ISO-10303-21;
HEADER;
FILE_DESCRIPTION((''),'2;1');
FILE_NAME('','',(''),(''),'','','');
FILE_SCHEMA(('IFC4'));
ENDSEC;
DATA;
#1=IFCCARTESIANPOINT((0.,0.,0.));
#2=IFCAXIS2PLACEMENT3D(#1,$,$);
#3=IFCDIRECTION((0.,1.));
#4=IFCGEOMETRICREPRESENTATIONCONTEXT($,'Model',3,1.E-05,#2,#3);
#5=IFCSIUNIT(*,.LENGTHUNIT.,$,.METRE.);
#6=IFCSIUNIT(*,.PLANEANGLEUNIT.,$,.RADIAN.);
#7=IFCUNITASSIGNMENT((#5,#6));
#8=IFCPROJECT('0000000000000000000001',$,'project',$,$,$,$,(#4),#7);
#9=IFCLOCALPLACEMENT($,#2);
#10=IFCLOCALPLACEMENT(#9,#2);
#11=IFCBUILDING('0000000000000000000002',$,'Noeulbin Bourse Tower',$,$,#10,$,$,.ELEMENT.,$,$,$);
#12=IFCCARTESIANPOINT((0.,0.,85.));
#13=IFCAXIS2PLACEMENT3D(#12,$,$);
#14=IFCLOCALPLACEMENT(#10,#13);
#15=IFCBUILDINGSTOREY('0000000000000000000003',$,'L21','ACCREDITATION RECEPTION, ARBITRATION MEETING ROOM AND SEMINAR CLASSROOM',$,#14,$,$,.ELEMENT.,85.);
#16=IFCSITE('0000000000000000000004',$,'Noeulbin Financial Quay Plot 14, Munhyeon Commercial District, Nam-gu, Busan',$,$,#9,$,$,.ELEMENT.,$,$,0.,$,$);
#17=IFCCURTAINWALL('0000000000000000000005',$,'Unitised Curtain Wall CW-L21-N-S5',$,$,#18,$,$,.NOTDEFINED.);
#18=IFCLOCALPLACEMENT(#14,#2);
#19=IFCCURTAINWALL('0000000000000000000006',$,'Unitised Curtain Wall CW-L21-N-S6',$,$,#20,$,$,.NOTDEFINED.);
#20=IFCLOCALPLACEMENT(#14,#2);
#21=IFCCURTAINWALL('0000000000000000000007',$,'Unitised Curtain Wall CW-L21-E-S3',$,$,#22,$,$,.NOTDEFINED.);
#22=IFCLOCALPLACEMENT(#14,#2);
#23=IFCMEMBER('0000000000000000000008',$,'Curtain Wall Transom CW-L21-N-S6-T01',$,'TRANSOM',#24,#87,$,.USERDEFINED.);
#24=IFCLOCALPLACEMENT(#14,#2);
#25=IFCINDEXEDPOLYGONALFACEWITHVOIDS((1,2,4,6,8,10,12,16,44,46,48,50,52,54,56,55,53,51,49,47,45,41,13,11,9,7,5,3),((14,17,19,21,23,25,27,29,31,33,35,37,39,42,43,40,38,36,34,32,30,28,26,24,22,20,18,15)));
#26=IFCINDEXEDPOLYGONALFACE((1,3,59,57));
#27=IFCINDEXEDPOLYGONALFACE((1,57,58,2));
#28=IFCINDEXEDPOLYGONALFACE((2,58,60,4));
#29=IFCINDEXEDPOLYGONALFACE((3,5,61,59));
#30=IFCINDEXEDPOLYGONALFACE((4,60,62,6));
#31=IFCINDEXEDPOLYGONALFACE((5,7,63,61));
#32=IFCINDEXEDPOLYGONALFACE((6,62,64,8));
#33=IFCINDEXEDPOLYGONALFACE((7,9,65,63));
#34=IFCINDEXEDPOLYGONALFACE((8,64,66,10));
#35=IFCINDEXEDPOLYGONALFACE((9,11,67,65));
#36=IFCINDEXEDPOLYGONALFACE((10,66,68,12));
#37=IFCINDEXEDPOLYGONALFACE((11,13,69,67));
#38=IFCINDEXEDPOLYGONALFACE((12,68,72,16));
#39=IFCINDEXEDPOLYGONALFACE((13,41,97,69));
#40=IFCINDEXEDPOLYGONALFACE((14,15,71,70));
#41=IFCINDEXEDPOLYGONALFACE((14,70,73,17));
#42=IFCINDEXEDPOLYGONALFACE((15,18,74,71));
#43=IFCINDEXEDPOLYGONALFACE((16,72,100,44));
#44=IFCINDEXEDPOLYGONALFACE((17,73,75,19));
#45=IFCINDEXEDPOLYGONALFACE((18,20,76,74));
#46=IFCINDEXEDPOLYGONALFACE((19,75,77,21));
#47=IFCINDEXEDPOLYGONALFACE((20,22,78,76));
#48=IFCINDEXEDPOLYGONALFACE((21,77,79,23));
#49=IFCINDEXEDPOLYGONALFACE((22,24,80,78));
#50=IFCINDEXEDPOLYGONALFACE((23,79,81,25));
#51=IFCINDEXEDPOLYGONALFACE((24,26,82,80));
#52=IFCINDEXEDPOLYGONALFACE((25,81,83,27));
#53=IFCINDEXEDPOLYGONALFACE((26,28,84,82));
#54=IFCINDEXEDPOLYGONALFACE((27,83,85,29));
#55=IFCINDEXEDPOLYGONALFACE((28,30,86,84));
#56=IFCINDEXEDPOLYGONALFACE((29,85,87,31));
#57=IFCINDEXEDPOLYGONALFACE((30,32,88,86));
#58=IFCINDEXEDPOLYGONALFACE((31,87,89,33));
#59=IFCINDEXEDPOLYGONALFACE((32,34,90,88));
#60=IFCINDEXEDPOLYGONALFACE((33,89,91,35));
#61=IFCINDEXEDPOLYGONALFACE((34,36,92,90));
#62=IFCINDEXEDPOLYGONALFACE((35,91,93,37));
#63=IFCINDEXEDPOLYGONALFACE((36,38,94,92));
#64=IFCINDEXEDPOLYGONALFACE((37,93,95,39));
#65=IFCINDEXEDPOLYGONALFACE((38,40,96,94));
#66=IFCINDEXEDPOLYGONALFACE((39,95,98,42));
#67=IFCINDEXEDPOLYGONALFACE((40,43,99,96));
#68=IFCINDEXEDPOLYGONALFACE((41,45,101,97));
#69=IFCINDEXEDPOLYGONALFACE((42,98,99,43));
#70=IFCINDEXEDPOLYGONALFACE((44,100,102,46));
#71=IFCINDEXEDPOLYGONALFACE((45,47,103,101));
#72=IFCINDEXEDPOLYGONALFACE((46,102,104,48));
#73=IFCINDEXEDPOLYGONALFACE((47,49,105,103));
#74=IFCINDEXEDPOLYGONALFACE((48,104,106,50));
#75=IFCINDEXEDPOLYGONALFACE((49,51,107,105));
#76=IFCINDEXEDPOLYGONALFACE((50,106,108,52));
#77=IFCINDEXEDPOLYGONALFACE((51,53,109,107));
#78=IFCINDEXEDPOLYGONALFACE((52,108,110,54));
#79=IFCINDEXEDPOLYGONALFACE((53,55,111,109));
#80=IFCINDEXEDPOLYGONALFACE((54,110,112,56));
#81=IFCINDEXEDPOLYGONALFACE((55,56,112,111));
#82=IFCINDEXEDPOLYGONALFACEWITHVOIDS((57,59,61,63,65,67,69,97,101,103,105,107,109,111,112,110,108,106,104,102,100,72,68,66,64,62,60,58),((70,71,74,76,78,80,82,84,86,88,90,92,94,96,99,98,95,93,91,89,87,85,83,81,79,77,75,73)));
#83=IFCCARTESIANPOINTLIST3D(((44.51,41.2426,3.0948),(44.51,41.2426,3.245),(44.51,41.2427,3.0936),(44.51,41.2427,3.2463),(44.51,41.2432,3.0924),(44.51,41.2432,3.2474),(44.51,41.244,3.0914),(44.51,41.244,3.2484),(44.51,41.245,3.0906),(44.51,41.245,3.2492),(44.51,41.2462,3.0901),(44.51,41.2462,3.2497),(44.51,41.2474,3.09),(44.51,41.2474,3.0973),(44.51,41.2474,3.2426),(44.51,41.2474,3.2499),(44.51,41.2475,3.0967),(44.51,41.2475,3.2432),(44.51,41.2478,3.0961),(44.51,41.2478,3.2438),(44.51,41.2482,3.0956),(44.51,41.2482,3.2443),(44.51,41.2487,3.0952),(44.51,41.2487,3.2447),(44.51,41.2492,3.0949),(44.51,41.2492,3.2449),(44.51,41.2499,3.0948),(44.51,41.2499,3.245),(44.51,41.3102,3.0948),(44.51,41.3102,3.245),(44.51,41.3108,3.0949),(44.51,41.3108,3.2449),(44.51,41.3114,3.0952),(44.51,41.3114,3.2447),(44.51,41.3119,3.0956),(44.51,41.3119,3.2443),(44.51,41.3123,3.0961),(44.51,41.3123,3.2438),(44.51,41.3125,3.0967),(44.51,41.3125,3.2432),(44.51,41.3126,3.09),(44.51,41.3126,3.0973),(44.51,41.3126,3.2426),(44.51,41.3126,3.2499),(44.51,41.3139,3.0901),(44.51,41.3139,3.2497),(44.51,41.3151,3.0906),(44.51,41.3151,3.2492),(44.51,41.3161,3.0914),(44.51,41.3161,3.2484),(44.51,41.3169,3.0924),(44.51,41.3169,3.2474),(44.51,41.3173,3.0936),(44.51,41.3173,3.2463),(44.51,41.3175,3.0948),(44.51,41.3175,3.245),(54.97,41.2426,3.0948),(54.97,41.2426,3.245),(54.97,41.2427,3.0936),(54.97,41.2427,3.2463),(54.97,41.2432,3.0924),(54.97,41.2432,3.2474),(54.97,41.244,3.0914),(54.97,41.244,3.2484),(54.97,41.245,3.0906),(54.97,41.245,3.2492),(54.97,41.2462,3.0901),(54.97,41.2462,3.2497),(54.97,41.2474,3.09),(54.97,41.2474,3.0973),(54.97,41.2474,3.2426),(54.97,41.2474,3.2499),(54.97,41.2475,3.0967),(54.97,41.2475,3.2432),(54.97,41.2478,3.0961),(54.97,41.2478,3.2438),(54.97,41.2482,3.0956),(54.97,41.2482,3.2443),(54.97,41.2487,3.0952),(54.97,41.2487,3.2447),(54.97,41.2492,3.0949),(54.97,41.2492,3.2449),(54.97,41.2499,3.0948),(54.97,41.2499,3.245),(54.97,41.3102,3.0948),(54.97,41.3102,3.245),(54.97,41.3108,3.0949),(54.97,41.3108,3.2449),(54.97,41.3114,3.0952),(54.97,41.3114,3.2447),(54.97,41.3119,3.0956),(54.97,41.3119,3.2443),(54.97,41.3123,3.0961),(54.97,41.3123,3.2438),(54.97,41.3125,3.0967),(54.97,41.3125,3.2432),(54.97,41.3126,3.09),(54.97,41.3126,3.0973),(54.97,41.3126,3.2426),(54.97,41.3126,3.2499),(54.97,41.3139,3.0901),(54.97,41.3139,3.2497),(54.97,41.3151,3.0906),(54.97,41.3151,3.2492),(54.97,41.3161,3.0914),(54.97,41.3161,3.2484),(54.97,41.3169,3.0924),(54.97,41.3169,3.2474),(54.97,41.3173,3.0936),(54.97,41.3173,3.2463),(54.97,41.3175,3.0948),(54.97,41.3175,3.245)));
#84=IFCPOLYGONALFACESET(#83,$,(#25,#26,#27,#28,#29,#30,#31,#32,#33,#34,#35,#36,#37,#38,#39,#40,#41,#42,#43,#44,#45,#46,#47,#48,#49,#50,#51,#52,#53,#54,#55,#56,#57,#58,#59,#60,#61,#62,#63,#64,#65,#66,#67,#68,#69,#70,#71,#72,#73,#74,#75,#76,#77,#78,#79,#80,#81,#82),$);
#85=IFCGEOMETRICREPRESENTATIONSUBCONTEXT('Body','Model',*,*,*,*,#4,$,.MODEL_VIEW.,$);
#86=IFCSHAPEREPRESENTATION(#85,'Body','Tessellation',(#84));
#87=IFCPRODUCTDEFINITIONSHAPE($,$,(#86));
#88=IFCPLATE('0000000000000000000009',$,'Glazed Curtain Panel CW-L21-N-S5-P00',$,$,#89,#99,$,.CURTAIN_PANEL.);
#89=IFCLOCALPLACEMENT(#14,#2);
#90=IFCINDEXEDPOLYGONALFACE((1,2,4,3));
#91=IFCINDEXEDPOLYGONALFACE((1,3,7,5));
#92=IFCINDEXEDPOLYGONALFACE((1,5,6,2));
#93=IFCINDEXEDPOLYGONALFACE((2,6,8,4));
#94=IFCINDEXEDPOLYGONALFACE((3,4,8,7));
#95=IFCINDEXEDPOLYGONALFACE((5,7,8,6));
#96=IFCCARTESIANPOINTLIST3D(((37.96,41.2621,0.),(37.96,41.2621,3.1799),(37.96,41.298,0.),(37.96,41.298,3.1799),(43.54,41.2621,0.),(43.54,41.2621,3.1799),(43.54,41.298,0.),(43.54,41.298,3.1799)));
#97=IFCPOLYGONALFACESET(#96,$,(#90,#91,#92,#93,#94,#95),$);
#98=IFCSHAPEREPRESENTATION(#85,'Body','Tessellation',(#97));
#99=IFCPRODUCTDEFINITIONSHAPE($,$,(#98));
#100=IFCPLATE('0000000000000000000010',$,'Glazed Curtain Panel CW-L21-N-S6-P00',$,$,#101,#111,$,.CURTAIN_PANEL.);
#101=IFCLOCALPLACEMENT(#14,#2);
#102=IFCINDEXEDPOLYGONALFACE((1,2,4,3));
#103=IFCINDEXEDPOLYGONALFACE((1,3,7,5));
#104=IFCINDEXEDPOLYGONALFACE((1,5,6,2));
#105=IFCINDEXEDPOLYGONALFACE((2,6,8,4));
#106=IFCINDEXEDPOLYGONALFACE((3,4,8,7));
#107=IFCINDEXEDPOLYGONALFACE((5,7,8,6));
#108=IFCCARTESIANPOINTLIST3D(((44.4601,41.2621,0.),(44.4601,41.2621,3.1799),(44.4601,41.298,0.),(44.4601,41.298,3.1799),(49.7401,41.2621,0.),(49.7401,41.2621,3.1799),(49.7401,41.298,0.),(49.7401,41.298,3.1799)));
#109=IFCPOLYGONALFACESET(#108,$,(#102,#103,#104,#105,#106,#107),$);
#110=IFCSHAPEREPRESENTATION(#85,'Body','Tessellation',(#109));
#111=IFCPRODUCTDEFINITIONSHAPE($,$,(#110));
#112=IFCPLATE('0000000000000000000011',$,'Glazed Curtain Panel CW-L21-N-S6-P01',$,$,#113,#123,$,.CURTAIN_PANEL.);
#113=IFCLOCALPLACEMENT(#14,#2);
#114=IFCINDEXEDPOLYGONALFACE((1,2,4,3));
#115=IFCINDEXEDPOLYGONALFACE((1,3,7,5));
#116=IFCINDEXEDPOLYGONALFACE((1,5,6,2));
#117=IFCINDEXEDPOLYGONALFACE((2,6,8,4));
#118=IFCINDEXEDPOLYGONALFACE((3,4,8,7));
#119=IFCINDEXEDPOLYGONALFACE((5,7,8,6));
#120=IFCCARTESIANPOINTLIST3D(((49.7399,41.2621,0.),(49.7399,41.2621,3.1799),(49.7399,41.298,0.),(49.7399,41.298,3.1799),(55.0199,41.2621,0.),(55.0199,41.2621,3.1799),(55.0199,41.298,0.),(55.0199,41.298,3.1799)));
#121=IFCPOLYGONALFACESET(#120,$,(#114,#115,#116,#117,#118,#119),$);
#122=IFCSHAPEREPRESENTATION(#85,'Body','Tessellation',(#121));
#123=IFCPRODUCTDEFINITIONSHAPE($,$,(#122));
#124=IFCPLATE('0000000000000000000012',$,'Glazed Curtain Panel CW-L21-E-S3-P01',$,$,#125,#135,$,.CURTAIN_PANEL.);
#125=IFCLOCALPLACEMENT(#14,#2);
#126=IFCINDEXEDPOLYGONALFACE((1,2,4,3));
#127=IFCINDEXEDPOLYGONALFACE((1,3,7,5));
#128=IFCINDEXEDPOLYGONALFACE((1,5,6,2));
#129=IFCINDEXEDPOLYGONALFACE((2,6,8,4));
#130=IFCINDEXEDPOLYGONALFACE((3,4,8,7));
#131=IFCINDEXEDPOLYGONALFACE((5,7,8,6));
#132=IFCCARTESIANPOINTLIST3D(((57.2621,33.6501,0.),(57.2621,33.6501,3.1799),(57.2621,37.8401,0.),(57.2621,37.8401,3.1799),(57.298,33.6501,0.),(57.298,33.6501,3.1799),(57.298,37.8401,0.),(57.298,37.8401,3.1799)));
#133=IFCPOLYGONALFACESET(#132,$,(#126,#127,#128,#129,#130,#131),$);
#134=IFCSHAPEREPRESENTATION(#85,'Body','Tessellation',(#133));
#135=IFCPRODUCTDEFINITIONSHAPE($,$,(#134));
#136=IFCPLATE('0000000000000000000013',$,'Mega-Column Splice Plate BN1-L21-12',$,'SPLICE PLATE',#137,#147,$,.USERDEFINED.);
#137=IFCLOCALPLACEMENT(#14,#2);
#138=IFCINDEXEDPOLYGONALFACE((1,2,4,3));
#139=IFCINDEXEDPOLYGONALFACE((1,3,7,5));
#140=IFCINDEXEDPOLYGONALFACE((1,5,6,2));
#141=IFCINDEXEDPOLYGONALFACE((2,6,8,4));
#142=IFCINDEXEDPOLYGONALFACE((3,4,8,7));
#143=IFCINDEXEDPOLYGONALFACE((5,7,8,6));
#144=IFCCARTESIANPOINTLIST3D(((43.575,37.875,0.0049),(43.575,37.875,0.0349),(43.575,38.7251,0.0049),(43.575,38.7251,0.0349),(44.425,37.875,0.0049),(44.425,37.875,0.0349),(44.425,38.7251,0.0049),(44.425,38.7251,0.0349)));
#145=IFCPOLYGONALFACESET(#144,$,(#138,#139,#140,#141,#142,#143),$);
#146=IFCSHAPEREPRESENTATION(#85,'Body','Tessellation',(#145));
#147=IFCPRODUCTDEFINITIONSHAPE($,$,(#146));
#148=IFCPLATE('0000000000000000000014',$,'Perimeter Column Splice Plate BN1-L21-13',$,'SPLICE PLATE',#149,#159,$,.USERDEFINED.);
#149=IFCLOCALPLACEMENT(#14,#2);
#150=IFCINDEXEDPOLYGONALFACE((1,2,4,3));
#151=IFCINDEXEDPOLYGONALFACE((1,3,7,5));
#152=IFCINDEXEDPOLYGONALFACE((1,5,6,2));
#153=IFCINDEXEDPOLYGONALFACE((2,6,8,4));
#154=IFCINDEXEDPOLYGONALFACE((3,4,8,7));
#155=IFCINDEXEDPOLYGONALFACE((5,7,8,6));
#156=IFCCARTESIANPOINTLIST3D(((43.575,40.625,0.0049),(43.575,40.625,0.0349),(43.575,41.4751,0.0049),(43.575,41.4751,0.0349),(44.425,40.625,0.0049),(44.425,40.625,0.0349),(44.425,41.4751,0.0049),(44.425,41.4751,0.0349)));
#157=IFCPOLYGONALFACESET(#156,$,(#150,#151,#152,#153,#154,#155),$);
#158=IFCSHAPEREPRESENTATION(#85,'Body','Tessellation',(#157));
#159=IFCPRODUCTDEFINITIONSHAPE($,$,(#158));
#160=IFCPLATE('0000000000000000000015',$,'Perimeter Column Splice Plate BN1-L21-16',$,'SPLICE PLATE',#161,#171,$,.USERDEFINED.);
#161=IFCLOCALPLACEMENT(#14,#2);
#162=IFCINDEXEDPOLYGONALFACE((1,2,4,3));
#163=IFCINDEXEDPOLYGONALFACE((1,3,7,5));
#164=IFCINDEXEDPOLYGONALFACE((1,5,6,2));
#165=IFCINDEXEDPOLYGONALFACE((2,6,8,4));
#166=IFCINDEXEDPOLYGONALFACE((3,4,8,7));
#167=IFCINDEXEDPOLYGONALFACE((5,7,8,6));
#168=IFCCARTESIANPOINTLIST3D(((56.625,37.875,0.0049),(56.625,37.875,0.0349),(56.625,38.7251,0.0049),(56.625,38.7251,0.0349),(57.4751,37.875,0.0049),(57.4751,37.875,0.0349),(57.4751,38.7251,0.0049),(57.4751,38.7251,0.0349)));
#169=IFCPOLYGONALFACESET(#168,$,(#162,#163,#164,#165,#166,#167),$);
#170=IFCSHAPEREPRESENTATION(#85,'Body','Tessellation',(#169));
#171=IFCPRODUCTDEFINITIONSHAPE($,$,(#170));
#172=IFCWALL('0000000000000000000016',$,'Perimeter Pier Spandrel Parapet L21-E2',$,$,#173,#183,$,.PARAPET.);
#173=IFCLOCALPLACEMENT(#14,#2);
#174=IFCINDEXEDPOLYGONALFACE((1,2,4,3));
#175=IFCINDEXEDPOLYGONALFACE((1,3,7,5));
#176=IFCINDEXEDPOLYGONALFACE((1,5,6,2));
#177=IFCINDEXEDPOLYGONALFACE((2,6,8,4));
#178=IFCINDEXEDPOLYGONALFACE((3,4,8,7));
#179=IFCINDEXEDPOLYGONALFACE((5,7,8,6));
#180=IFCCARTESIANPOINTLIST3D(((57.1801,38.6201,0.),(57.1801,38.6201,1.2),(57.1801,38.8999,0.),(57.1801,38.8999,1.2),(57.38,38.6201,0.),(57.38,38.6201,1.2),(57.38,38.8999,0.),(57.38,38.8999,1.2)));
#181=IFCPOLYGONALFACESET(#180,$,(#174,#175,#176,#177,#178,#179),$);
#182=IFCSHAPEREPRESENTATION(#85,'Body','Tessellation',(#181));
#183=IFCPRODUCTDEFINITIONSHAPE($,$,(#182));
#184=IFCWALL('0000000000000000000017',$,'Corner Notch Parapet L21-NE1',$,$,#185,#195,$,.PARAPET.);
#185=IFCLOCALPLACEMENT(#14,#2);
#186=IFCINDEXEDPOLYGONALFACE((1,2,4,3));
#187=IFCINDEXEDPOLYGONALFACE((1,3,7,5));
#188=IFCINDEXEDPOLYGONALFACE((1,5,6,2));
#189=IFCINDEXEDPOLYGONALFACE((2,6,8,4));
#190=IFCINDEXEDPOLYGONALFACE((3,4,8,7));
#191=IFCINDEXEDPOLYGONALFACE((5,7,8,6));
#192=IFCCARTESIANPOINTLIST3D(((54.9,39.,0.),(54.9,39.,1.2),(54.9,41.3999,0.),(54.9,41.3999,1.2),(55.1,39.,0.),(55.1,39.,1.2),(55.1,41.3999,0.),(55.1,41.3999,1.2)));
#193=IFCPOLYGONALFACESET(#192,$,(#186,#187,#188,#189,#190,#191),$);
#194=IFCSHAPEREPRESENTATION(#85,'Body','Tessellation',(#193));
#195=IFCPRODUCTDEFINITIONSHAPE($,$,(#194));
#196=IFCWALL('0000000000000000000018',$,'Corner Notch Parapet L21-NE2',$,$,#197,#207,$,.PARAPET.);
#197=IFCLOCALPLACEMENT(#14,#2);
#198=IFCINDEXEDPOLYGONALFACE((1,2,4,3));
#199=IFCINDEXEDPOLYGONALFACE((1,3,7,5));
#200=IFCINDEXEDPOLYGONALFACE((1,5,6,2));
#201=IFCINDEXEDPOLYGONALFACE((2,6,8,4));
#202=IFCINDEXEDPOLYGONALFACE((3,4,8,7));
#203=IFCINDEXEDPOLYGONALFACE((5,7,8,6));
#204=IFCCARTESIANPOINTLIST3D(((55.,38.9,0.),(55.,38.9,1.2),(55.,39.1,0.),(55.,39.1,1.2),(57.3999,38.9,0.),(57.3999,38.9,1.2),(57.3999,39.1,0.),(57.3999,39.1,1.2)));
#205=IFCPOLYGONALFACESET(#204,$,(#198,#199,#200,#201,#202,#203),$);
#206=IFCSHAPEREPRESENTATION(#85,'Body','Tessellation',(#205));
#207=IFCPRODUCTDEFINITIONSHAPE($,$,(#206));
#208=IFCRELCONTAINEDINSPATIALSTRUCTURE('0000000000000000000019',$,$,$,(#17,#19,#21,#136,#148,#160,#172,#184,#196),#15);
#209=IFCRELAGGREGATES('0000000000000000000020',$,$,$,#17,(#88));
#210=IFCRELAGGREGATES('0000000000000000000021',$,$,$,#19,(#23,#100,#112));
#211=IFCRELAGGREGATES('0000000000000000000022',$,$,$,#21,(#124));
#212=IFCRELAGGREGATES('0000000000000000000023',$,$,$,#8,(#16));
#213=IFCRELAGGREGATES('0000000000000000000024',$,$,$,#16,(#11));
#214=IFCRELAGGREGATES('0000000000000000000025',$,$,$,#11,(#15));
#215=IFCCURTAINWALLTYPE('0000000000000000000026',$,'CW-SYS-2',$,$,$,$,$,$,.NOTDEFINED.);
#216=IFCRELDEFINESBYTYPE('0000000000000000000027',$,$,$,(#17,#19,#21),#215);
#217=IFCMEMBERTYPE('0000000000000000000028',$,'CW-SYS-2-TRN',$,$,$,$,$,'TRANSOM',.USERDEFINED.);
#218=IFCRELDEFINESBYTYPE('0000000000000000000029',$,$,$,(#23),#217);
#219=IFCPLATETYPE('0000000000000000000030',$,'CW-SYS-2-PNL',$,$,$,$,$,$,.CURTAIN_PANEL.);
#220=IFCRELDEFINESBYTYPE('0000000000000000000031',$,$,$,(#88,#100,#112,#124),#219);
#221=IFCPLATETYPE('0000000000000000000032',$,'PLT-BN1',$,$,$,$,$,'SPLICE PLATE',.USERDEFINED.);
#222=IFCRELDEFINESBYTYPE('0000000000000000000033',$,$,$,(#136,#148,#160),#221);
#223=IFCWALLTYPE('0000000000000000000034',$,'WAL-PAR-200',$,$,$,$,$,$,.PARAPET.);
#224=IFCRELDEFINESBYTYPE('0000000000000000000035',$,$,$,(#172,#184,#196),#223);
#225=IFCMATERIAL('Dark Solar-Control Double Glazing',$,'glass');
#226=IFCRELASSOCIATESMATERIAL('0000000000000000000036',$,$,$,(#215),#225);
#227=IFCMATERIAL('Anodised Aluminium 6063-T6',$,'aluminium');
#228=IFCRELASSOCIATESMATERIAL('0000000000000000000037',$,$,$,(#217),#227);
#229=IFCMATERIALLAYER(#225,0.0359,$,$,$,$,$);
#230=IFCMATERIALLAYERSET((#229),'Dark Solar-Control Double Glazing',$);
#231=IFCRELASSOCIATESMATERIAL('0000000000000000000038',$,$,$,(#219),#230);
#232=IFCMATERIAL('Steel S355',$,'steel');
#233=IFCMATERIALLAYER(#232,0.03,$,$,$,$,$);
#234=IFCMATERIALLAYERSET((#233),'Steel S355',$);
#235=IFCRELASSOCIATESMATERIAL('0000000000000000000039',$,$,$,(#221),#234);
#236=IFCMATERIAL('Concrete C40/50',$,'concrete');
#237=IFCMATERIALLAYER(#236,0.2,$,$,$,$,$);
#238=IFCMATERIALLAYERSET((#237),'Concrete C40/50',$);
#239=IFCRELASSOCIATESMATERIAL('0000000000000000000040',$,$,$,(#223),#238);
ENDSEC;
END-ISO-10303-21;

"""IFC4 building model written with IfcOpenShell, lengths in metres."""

from ifc_helpers import new_model, si_unit, direction, frame, frame_2d, origin, origin_2d, place, context, subcontext, project, spatial, rectangle, hollow_rectangle, extrude, material, layer, layer_set, material_profile, profile_set, type_object, element, aggregate, save


model = new_model("IFC4")

# Units and contexts
model_context = context("Model", 3, precision=1e-05, world=origin(), true_north=direction((0.0, 1.0)))
body_context = subcontext(model_context, "Body", "Model", "MODEL_VIEW")
ifc_project = project(units=[si_unit("LENGTHUNIT", "METRE"), si_unit("PLANEANGLEUNIT", "RADIAN")], contexts=[model_context])

# Site, building, storey
site_placement = place(None, origin())
site = spatial("IfcSite", under=ifc_project, at=site_placement, Name="Noeulbin Financial Quay Plot 14, Munhyeon Commercial District, Nam-gu, Busan", CompositionType="ELEMENT", RefElevation=0.0)
building_placement = place(site_placement, origin())
building = spatial("IfcBuilding", under=site, at=building_placement, Name="Noeulbin Bourse Tower", CompositionType="ELEMENT")
storey_placement = place(building_placement, frame((0.0, 0.0, 85.0)))
storey = spatial("IfcBuildingStorey", under=building, at=storey_placement, Name="L21", Description="ACCREDITATION RECEPTION, ARBITRATION MEETING ROOM AND SEMINAR CLASSROOM", CompositionType="ELEMENT", Elevation=85.0)

# Shared definitions
ifc_material_1 = material(Name="Steel S355", Category="steel")

# Curtain wall
ifc_material_2 = material(Name="Dark Solar-Control Double Glazing", Category="glass")
curtain_wall_type = type_object("IfcCurtainWallType", Name="CW-SYS-2", PredefinedType="NOTDEFINED", material=ifc_material_2)
curtain_wall_1_placement = place(storey_placement, origin())
curtain_wall_1 = element("IfcCurtainWall", 1, at=curtain_wall_1_placement, inside=storey, type_object=curtain_wall_type, Name="Unitised Curtain Wall CW-L21-N-S5", PredefinedType="NOTDEFINED")
ifc_material_3 = material(Name="Anodised Aluminium 6063-T6", Category="aluminium")

# Curtain wall
curtain_wall_2_placement = place(storey_placement, origin())
curtain_wall_2 = element("IfcCurtainWall", 2, at=curtain_wall_2_placement, inside=storey, type_object=curtain_wall_type, Name="Unitised Curtain Wall CW-L21-N-S6", PredefinedType="NOTDEFINED")

# Curtain wall
curtain_wall_3_placement = place(storey_placement, origin())
curtain_wall_3 = element("IfcCurtainWall", 3, at=curtain_wall_3_placement, inside=storey, type_object=curtain_wall_type, Name="Unitised Curtain Wall CW-L21-E-S3", PredefinedType="NOTDEFINED")

# Member
ifc_material_profile_1 = material_profile(ifc_material_3, hollow_rectangle(XDim=0.075, YDim=0.1599, WallThickness=0.0049, InnerFilletRadius=0.0024, OuterFilletRadius=0.0049, at=origin_2d()), Name="ALU-TRAN-75x160x5", Category="LoadBearing")
ifc_profile_set_1 = profile_set([ifc_material_profile_1], Name="Anodised Aluminium 6063-T6")
member_type_1 = type_object("IfcMemberType", Name="CW-SYS-2-TRN", ElementType="TRANSOM", PredefinedType="USERDEFINED", material=ifc_profile_set_1)
member_1_placement = place(storey_placement, frame((44.51, 41.28, 3.1699), z_axis=(1.0, 0.0, 0.0), x_axis=(0.0, 1.0, 0.0)))
member_1 = element("IfcMember", 4, at=member_1_placement, type_object=member_type_1, Name="Curtain Wall Transom CW-L21-N-S6-T01", ObjectType="TRANSOM", PredefinedType="USERDEFINED", context=body_context, shape_type="SweptSolid", body=[
    extrude(hollow_rectangle(XDim=0.075, YDim=0.1599, WallThickness=0.0049, InnerFilletRadius=0.0024, OuterFilletRadius=0.0049, at=origin_2d()), origin(), (0.0, 0.0, 1.0), 10.46),
])

# Plates
ifc_layer_1 = layer(ifc_material_2, 0.0359)
ifc_layer_set_1 = layer_set([ifc_layer_1], Name="Dark Solar-Control Double Glazing")
plate_type_1 = type_object("IfcPlateType", Name="CW-SYS-2-PNL", PredefinedType="CURTAIN_PANEL", material=ifc_layer_set_1)
plate_1_placement = place(storey_placement, frame((40.75, 41.28, 0.0), z_axis=(0.0, 0.0, 1.0), x_axis=(1.0, 0.0, 0.0)))
plate_1 = element("IfcPlate", 5, at=plate_1_placement, type_object=plate_type_1, Name="Glazed Curtain Panel CW-L21-N-S5-P00", PredefinedType="CURTAIN_PANEL", context=body_context, shape_type="SweptSolid", body=[
    extrude(rectangle(XDim=5.5801, YDim=0.0359, at=origin_2d()), origin(), (0.0, 0.0, 1.0), 3.1799),
])
aggregate(curtain_wall_1, [plate_1])
plate_2_placement = place(storey_placement, frame((47.1001, 41.28, 0.0), z_axis=(0.0, 0.0, 1.0), x_axis=(1.0, 0.0, 0.0)))
plate_2 = element("IfcPlate", 6, at=plate_2_placement, type_object=plate_type_1, Name="Glazed Curtain Panel CW-L21-N-S6-P00", PredefinedType="CURTAIN_PANEL", context=body_context, shape_type="SweptSolid", body=[
    extrude(rectangle(XDim=5.28, YDim=0.0359, at=origin_2d()), origin(), (0.0, 0.0, 1.0), 3.1799),
])
plate_3_placement = place(storey_placement, frame((52.3799, 41.28, 0.0), z_axis=(0.0, 0.0, 1.0), x_axis=(1.0, 0.0, 0.0)))
plate_3 = element("IfcPlate", 7, at=plate_3_placement, type_object=plate_type_1, Name="Glazed Curtain Panel CW-L21-N-S6-P01", PredefinedType="CURTAIN_PANEL", context=body_context, shape_type="SweptSolid", body=[
    extrude(rectangle(XDim=5.28, YDim=0.0359, at=origin_2d()), origin(), (0.0, 0.0, 1.0), 3.1799),
])
aggregate(curtain_wall_2, [member_1, plate_2, plate_3])
plate_4_placement = place(storey_placement, frame((57.28, 35.7451, 0.0), z_axis=(0.0, 0.0, 1.0), x_axis=(0.0, 1.0, 0.0)))
plate_4 = element("IfcPlate", 8, at=plate_4_placement, type_object=plate_type_1, Name="Glazed Curtain Panel CW-L21-E-S3-P01", PredefinedType="CURTAIN_PANEL", context=body_context, shape_type="SweptSolid", body=[
    extrude(rectangle(XDim=4.1899, YDim=0.0359, at=origin_2d()), origin(), (0.0, 0.0, 1.0), 3.1799),
])
aggregate(curtain_wall_3, [plate_4])

# Plates
ifc_layer_2 = layer(ifc_material_1, 0.03)
ifc_layer_set_2 = layer_set([ifc_layer_2], Name="Steel S355")
plate_type_2 = type_object("IfcPlateType", Name="PLT-BN1", ElementType="SPLICE PLATE", PredefinedType="USERDEFINED", material=ifc_layer_set_2)
for number, where, z_axis, x_axis, name in (
    (9, (44.0, 38.3, 0.0049), (0.0, 0.0, 1.0), (1.0, 0.0, 0.0), "Mega-Column Splice Plate BN1-L21-12"),
    (10, (44.0, 41.05, 0.0049), (0.0, 0.0, 1.0), (1.0, 0.0, 0.0), "Perimeter Column Splice Plate BN1-L21-13"),
    (11, (57.05, 38.3, 0.0049), (0.0, 0.0, 1.0), (1.0, 0.0, 0.0), "Perimeter Column Splice Plate BN1-L21-16"),
):
    element("IfcPlate", number, at=place(storey_placement, frame(where, z_axis=z_axis, x_axis=x_axis)), inside=storey, type_object=plate_type_2, Name=name, ObjectType="SPLICE PLATE", PredefinedType="USERDEFINED", context=body_context, shape_type="SweptSolid", body=[
        extrude(rectangle(XDim=0.8501, YDim=0.8501, at=origin_2d()), origin(), (0.0, 0.0, 1.0), 0.03),
    ])

# Walls
ifc_material_4 = material(Name="Concrete C40/50", Category="concrete")
ifc_layer_3 = layer(ifc_material_4, 0.2)
ifc_layer_set_3 = layer_set([ifc_layer_3], Name="Concrete C40/50")
wall_type_1 = type_object("IfcWallType", Name="WAL-PAR-200", PredefinedType="PARAPET", material=ifc_layer_set_3)
wall_1_placement = place(storey_placement, frame((57.28, 38.6201, 0.0), z_axis=(0.0, 0.0, 1.0), x_axis=(0.0, 1.0, 0.0)))
element("IfcWall", 12, at=wall_1_placement, inside=storey, type_object=wall_type_1, Name="Perimeter Pier Spandrel Parapet L21-E2", PredefinedType="PARAPET", context=body_context, shape_type="SweptSolid", body=[
    extrude(rectangle(XDim=0.2798, YDim=0.2, at=frame_2d((0.1399, 0.0))), origin(), (0.0, 0.0, 1.0), 1.2),
])
for number, where, z_axis, x_axis, name in (
    (13, (55.0, 41.3999, 0.0), (0.0, 0.0, 1.0), (0.0, -1.0, 0.0), "Corner Notch Parapet L21-NE1"),
    (14, (55.0, 39.0, 0.0), (0.0, 0.0, 1.0), (1.0, 0.0, 0.0), "Corner Notch Parapet L21-NE2"),
):
    element("IfcWall", number, at=place(storey_placement, frame(where, z_axis=z_axis, x_axis=x_axis)), inside=storey, type_object=wall_type_1, Name=name, PredefinedType="PARAPET", context=body_context, shape_type="SweptSolid", body=[
        extrude(rectangle(XDim=2.3999, YDim=0.2, at=frame_2d((1.2, 0.0))), origin(), (0.0, 0.0, 1.0), 1.2),
    ])

save(model, "model.ifc")
